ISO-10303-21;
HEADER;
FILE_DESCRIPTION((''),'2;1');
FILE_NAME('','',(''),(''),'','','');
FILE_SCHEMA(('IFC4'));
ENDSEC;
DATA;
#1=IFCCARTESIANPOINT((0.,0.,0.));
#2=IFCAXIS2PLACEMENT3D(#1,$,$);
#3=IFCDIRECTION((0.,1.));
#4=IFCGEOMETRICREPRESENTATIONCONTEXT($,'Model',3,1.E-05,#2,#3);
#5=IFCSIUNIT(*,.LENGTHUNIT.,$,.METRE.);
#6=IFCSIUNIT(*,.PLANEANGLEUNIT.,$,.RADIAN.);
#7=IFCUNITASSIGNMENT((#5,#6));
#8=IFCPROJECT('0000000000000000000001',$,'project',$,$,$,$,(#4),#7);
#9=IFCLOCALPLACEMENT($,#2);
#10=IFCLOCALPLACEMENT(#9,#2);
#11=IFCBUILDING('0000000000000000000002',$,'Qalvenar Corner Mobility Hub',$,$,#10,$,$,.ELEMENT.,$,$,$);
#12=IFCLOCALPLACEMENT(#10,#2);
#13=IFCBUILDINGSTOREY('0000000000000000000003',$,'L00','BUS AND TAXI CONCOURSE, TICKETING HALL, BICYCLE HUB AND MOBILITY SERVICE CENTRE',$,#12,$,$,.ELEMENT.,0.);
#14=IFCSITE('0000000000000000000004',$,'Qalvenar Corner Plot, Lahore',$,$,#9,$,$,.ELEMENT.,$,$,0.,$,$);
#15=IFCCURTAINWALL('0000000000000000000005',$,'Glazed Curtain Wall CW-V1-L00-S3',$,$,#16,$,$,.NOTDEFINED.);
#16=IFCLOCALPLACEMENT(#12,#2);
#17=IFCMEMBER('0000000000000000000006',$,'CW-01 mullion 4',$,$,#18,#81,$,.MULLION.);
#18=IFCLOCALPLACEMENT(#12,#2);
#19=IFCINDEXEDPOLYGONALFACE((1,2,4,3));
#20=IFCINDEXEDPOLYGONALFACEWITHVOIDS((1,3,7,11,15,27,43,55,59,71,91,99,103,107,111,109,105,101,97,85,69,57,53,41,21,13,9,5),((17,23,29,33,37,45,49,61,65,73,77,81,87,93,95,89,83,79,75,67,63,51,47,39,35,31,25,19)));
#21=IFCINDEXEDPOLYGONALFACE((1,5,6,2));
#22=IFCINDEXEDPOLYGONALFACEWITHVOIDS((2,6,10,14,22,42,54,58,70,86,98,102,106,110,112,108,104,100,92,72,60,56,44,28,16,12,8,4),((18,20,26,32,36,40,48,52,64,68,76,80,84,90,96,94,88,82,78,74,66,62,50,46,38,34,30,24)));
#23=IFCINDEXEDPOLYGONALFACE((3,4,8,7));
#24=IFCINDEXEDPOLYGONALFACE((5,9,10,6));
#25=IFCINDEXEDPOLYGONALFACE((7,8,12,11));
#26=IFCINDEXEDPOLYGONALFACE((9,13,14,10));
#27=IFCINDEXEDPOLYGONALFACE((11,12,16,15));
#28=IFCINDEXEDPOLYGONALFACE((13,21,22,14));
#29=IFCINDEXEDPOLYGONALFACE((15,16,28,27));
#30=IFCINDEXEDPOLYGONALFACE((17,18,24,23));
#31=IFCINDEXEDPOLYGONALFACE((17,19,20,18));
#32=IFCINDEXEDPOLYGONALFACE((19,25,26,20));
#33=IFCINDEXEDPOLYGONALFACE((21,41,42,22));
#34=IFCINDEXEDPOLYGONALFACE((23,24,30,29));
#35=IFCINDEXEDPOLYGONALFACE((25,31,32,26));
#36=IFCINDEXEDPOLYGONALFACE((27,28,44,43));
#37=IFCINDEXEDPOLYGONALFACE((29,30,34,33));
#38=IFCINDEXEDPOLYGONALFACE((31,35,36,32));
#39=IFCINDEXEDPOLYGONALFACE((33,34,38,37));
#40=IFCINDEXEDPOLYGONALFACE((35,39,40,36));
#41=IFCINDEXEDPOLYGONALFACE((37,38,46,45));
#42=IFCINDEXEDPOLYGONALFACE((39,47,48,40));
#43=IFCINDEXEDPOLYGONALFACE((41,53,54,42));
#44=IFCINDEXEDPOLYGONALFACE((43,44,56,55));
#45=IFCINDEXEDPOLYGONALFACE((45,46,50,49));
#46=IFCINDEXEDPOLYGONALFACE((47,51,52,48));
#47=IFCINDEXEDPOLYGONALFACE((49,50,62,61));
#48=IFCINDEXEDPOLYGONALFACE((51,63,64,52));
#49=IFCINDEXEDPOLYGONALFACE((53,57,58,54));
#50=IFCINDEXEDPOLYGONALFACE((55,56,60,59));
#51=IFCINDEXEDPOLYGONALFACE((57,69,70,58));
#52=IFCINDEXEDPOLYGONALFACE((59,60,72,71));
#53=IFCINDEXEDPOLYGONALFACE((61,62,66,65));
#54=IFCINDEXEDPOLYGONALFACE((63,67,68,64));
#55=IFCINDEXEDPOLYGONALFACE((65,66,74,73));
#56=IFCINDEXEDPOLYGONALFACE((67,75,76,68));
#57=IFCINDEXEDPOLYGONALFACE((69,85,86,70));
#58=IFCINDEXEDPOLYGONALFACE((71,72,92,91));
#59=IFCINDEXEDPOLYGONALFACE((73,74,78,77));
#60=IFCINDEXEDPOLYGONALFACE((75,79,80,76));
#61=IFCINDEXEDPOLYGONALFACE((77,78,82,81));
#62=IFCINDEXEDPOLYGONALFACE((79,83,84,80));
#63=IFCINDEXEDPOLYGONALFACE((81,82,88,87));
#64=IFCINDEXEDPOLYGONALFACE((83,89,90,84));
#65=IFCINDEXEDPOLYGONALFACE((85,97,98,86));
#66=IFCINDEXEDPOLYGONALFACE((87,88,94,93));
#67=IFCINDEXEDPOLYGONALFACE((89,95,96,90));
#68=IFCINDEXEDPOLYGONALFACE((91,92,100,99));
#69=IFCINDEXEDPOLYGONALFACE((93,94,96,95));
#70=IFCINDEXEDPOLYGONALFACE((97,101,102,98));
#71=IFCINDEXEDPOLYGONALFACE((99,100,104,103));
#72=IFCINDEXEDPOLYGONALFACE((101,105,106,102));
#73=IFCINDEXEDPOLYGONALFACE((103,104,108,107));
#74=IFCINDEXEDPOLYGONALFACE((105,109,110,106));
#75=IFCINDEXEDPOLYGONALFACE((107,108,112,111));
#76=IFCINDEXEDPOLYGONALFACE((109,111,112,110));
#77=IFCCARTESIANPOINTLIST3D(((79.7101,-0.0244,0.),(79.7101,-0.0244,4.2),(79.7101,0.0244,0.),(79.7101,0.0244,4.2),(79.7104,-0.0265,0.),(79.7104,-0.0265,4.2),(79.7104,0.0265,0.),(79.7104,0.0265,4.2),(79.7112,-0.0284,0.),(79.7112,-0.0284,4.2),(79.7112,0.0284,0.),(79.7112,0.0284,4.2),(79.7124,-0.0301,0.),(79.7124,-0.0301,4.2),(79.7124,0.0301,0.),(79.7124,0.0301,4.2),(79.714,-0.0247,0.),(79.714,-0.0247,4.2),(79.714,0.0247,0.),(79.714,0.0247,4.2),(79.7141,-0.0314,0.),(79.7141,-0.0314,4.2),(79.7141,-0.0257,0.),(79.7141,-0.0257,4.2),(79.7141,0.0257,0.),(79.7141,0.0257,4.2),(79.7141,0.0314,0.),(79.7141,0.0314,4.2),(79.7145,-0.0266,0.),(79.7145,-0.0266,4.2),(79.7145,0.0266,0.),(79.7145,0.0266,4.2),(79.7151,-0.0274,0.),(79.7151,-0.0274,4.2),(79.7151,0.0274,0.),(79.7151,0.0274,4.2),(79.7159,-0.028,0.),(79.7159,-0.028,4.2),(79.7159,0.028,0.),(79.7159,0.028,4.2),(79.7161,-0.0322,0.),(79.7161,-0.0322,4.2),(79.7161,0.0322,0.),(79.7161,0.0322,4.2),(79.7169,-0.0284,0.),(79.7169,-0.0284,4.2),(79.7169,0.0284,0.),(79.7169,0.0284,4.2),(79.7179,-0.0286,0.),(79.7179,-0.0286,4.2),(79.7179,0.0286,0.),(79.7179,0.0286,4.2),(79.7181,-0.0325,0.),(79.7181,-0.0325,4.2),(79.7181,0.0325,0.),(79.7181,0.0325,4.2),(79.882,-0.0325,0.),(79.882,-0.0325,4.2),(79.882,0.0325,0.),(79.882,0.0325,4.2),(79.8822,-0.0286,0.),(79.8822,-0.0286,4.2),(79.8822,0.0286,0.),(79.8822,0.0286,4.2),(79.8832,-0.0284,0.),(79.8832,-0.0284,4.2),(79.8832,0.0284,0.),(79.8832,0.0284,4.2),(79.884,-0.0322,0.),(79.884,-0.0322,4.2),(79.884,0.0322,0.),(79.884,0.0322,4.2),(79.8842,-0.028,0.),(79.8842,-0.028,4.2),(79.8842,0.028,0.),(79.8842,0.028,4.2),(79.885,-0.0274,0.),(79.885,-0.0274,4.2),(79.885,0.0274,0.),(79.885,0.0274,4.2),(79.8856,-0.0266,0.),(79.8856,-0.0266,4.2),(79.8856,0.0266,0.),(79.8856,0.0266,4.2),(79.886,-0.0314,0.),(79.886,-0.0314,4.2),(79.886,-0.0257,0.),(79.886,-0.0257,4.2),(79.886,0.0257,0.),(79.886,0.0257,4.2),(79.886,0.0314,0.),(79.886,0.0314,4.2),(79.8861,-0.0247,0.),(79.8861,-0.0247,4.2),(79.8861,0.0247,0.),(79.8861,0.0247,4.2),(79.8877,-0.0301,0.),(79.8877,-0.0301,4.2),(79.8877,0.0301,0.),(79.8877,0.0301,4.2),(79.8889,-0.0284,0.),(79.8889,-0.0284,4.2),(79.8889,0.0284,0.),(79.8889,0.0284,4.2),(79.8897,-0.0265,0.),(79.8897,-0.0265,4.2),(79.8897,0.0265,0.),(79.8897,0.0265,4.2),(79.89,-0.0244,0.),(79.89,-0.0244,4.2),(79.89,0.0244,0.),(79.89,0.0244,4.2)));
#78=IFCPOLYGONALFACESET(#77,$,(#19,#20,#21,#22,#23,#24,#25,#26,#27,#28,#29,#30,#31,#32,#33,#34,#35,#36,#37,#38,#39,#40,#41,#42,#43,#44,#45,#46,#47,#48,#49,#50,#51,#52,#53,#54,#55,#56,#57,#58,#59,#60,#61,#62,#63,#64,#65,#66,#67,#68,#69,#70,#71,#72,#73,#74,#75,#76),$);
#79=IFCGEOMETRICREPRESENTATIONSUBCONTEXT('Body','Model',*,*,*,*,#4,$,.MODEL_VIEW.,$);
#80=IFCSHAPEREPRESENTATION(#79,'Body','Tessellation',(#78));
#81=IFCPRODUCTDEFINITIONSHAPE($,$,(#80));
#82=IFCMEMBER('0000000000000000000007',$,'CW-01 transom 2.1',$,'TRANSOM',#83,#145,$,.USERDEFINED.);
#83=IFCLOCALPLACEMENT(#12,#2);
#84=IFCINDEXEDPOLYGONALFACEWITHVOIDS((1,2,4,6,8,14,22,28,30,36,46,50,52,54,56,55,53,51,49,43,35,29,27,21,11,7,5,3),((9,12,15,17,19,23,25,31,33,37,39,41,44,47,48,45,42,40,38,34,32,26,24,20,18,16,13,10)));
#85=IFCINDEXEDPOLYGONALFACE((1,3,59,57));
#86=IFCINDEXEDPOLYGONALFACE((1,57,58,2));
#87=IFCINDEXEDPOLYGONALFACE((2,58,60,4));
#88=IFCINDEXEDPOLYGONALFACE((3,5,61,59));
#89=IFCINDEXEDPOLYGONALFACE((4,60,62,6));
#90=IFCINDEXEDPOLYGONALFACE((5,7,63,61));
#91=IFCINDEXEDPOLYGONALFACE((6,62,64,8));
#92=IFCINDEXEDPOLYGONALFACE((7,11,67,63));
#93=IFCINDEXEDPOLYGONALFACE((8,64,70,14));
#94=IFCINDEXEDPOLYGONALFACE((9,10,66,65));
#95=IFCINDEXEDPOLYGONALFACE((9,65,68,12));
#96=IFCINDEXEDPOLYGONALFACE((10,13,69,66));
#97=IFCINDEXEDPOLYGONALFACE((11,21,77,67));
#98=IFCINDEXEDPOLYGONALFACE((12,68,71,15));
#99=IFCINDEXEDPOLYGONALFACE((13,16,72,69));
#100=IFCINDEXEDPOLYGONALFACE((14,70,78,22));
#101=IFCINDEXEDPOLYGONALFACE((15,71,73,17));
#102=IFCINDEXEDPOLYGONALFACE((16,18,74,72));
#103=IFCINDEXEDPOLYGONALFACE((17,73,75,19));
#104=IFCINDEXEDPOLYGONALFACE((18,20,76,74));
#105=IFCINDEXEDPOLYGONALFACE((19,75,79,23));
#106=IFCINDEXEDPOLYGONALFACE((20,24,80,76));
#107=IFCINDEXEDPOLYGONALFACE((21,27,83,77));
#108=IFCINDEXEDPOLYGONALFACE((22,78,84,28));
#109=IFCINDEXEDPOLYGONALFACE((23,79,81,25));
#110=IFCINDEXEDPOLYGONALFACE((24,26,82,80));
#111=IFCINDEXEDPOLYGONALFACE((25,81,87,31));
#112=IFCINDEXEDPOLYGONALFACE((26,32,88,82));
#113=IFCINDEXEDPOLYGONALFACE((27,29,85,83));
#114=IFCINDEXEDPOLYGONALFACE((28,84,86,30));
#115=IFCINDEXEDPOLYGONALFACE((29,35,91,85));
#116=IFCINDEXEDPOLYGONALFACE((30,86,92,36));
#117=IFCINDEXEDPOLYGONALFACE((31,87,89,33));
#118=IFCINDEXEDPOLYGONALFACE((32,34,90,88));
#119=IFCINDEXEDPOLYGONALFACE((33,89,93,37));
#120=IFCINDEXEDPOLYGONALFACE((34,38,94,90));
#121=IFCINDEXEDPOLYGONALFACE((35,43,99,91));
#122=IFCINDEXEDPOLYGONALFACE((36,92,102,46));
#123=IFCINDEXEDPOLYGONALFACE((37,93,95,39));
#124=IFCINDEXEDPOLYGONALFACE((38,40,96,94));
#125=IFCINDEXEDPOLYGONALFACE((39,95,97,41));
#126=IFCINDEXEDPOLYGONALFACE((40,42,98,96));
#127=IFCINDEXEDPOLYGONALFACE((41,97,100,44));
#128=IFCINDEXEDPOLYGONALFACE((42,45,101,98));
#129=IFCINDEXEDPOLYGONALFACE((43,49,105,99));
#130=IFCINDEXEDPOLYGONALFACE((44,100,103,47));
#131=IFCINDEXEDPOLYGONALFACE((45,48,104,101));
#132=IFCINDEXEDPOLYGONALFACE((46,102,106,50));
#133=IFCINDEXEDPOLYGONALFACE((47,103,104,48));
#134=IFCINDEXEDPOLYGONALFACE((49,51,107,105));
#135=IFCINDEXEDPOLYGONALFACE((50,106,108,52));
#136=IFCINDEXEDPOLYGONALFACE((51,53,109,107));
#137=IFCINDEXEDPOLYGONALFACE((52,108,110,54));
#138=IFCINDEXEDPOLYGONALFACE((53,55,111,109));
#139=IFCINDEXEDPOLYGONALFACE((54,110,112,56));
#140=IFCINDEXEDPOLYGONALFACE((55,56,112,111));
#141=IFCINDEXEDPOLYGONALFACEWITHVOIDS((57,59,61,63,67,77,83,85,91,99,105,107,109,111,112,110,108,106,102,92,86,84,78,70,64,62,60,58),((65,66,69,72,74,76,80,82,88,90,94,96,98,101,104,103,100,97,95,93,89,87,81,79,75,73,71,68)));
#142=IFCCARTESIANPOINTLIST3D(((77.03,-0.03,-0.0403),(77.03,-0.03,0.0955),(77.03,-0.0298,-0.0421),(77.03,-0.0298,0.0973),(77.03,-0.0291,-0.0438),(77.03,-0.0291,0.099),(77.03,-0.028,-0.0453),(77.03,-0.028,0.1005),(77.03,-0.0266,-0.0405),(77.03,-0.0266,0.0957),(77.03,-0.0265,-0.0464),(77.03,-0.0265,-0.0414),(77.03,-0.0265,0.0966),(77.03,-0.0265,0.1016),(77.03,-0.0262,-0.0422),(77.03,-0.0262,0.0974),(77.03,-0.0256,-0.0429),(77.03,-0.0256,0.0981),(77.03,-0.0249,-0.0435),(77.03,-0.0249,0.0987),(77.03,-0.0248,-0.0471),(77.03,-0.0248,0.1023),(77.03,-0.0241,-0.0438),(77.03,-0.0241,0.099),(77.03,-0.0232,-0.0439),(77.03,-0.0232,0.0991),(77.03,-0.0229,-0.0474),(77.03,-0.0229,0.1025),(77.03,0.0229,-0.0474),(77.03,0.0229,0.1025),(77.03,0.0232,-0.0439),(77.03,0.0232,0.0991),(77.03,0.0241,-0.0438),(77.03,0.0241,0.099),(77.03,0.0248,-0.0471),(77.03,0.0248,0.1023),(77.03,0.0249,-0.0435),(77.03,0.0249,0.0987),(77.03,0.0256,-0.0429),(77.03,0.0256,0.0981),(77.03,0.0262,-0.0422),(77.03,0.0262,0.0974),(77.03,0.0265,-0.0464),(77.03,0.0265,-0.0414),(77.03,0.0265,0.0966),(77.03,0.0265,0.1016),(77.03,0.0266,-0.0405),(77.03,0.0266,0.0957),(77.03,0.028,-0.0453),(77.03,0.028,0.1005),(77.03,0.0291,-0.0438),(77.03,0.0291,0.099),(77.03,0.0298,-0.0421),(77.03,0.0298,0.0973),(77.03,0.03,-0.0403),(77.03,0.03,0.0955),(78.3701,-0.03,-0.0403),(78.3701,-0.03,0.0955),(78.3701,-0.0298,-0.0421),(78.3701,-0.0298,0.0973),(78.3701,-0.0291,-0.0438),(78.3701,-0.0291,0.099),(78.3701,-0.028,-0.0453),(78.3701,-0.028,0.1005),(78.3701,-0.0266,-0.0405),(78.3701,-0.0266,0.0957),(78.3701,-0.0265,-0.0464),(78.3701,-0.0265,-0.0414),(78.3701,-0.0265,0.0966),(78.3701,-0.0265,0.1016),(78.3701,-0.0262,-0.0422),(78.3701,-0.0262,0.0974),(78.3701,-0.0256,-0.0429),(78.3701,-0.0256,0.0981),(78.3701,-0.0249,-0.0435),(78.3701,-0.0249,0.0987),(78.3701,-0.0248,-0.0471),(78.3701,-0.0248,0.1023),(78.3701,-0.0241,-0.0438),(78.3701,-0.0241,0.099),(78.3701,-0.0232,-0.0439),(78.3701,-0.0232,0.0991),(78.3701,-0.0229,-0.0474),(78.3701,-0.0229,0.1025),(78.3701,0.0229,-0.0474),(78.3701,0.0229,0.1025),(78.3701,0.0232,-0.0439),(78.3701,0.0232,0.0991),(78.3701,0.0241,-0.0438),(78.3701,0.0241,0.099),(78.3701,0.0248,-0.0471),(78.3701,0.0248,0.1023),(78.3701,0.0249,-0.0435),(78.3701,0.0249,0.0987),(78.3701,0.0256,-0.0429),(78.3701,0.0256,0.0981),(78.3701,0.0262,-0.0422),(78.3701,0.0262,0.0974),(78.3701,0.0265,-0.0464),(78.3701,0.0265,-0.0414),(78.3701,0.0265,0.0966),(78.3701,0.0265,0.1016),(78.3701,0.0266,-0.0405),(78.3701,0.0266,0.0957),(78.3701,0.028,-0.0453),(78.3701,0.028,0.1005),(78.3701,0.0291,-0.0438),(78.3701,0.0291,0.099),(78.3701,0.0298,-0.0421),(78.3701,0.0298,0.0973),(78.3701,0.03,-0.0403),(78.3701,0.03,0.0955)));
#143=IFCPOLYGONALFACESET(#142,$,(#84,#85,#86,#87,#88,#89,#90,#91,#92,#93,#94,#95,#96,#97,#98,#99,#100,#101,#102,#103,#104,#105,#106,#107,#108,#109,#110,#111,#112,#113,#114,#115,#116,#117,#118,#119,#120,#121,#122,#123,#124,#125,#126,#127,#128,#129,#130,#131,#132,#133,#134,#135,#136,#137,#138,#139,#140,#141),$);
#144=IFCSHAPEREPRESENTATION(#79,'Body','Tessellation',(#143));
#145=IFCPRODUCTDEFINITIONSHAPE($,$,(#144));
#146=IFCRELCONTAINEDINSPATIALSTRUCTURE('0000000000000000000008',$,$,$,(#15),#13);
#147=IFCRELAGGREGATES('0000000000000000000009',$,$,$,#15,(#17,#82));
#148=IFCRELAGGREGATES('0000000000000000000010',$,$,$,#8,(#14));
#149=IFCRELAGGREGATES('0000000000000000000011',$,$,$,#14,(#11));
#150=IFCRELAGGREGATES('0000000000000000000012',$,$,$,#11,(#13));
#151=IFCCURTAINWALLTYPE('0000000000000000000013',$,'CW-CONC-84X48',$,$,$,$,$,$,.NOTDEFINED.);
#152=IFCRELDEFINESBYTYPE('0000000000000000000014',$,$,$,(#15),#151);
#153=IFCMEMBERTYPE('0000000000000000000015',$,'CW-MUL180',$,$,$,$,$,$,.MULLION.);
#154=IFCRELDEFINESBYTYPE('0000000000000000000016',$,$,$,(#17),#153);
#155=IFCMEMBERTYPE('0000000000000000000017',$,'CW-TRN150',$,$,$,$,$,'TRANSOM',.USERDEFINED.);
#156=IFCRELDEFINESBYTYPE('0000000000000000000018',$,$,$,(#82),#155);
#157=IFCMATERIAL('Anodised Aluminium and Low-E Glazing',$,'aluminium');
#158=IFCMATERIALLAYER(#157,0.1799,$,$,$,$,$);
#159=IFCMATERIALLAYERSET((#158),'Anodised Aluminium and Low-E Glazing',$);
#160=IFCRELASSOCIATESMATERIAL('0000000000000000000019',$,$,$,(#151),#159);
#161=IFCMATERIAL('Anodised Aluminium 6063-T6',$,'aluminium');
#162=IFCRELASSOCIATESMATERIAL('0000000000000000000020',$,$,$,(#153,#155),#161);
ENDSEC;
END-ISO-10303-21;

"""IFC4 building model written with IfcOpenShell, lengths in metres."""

from ifc_helpers import new_model, si_unit, direction, frame, origin, origin_2d, place, context, subcontext, project, spatial, hollow_rectangle, extrude, material, layer, layer_set, material_profile, profile_set, type_object, element, aggregate, save


model = new_model("IFC4")

# Units and contexts
model_context = context("Model", 3, precision=1e-05, world=origin(), true_north=direction((0.0, 1.0)))
body_context = subcontext(model_context, "Body", "Model", "MODEL_VIEW")
ifc_project = project(units=[si_unit("LENGTHUNIT", "METRE"), si_unit("PLANEANGLEUNIT", "RADIAN")], contexts=[model_context])

# Site, building, storey
site_placement = place(None, origin())
site = spatial("IfcSite", under=ifc_project, at=site_placement, Name="Qalvenar Corner Plot, Lahore", CompositionType="ELEMENT", RefElevation=0.0)
building_placement = place(site_placement, origin())
building = spatial("IfcBuilding", under=site, at=building_placement, Name="Qalvenar Corner Mobility Hub", CompositionType="ELEMENT")
storey_placement = place(building_placement, origin())
storey = spatial("IfcBuildingStorey", under=building, at=storey_placement, Name="L00", Description="BUS AND TAXI CONCOURSE, TICKETING HALL, BICYCLE HUB AND MOBILITY SERVICE CENTRE", CompositionType="ELEMENT", Elevation=0.0)

# Curtain wall, members
ifc_material_1 = material(Name="Anodised Aluminium and Low-E Glazing", Category="aluminium")
ifc_layer_1 = layer(ifc_material_1, 0.1799)
ifc_layer_set_1 = layer_set([ifc_layer_1], Name="Anodised Aluminium and Low-E Glazing")
curtain_wall_type = type_object("IfcCurtainWallType", Name="CW-CONC-84X48", PredefinedType="NOTDEFINED", material=ifc_layer_set_1)
curtain_wall_placement = place(storey_placement, origin())
curtain_wall = element("IfcCurtainWall", 1, at=curtain_wall_placement, inside=storey, type_object=curtain_wall_type, Name="Glazed Curtain Wall CW-V1-L00-S3", PredefinedType="NOTDEFINED")
ifc_material_2 = material(Name="Anodised Aluminium 6063-T6", Category="aluminium")
ifc_material_profile_1 = material_profile(ifc_material_2, hollow_rectangle(XDim=0.0649, YDim=0.1799, WallThickness=0.0039, InnerFilletRadius=0.0039, OuterFilletRadius=0.0081, at=origin_2d()), Name="RHS180x65x4")
ifc_profile_set_1 = profile_set([ifc_material_profile_1], Name="Anodised Aluminium 6063-T6")
member_type_1 = type_object("IfcMemberType", Name="CW-MUL180", PredefinedType="MULLION", material=ifc_profile_set_1)
member_1_placement = place(storey_placement, frame((79.8, 0.0, 0.0), z_axis=(0.0, 0.0, 1.0), x_axis=(0.0, 1.0, 0.0)))
member_1 = element("IfcMember", 2, at=member_1_placement, type_object=member_type_1, Name="CW-01 mullion 4", PredefinedType="MULLION", context=body_context, shape_type="SweptSolid", body=[
    extrude(hollow_rectangle(XDim=0.0649, YDim=0.1799, WallThickness=0.0039, InnerFilletRadius=0.0039, OuterFilletRadius=0.0081, at=origin_2d()), origin(), (0.0, 0.0, 1.0), 4.2),
])
ifc_material_profile_2 = material_profile(ifc_material_2, hollow_rectangle(XDim=0.0601, YDim=0.1499, WallThickness=0.0034, InnerFilletRadius=0.0034, OuterFilletRadius=0.0071, at=origin_2d()), Name="RHS150x60x3.5")
ifc_profile_set_2 = profile_set([ifc_material_profile_2], Name="Anodised Aluminium 6063-T6")
member_type_2 = type_object("IfcMemberType", Name="CW-TRN150", ElementType="TRANSOM", PredefinedType="USERDEFINED", material=ifc_profile_set_2)
member_2_placement = place(storey_placement, frame((77.03, 0.0, 0.0276), z_axis=(1.0, 0.0, 0.0), x_axis=(0.0, 1.0, 0.0)))
member_2 = element("IfcMember", 3, at=member_2_placement, type_object=member_type_2, Name="CW-01 transom 2.1", ObjectType="TRANSOM", PredefinedType="USERDEFINED", context=body_context, shape_type="SweptSolid", body=[
    extrude(hollow_rectangle(XDim=0.0601, YDim=0.1499, WallThickness=0.0034, InnerFilletRadius=0.0034, OuterFilletRadius=0.0071, at=origin_2d()), origin(), (0.0, 0.0, 1.0), 1.3401),
])
aggregate(curtain_wall, [member_1, member_2])

save(model, "model.ifc")
